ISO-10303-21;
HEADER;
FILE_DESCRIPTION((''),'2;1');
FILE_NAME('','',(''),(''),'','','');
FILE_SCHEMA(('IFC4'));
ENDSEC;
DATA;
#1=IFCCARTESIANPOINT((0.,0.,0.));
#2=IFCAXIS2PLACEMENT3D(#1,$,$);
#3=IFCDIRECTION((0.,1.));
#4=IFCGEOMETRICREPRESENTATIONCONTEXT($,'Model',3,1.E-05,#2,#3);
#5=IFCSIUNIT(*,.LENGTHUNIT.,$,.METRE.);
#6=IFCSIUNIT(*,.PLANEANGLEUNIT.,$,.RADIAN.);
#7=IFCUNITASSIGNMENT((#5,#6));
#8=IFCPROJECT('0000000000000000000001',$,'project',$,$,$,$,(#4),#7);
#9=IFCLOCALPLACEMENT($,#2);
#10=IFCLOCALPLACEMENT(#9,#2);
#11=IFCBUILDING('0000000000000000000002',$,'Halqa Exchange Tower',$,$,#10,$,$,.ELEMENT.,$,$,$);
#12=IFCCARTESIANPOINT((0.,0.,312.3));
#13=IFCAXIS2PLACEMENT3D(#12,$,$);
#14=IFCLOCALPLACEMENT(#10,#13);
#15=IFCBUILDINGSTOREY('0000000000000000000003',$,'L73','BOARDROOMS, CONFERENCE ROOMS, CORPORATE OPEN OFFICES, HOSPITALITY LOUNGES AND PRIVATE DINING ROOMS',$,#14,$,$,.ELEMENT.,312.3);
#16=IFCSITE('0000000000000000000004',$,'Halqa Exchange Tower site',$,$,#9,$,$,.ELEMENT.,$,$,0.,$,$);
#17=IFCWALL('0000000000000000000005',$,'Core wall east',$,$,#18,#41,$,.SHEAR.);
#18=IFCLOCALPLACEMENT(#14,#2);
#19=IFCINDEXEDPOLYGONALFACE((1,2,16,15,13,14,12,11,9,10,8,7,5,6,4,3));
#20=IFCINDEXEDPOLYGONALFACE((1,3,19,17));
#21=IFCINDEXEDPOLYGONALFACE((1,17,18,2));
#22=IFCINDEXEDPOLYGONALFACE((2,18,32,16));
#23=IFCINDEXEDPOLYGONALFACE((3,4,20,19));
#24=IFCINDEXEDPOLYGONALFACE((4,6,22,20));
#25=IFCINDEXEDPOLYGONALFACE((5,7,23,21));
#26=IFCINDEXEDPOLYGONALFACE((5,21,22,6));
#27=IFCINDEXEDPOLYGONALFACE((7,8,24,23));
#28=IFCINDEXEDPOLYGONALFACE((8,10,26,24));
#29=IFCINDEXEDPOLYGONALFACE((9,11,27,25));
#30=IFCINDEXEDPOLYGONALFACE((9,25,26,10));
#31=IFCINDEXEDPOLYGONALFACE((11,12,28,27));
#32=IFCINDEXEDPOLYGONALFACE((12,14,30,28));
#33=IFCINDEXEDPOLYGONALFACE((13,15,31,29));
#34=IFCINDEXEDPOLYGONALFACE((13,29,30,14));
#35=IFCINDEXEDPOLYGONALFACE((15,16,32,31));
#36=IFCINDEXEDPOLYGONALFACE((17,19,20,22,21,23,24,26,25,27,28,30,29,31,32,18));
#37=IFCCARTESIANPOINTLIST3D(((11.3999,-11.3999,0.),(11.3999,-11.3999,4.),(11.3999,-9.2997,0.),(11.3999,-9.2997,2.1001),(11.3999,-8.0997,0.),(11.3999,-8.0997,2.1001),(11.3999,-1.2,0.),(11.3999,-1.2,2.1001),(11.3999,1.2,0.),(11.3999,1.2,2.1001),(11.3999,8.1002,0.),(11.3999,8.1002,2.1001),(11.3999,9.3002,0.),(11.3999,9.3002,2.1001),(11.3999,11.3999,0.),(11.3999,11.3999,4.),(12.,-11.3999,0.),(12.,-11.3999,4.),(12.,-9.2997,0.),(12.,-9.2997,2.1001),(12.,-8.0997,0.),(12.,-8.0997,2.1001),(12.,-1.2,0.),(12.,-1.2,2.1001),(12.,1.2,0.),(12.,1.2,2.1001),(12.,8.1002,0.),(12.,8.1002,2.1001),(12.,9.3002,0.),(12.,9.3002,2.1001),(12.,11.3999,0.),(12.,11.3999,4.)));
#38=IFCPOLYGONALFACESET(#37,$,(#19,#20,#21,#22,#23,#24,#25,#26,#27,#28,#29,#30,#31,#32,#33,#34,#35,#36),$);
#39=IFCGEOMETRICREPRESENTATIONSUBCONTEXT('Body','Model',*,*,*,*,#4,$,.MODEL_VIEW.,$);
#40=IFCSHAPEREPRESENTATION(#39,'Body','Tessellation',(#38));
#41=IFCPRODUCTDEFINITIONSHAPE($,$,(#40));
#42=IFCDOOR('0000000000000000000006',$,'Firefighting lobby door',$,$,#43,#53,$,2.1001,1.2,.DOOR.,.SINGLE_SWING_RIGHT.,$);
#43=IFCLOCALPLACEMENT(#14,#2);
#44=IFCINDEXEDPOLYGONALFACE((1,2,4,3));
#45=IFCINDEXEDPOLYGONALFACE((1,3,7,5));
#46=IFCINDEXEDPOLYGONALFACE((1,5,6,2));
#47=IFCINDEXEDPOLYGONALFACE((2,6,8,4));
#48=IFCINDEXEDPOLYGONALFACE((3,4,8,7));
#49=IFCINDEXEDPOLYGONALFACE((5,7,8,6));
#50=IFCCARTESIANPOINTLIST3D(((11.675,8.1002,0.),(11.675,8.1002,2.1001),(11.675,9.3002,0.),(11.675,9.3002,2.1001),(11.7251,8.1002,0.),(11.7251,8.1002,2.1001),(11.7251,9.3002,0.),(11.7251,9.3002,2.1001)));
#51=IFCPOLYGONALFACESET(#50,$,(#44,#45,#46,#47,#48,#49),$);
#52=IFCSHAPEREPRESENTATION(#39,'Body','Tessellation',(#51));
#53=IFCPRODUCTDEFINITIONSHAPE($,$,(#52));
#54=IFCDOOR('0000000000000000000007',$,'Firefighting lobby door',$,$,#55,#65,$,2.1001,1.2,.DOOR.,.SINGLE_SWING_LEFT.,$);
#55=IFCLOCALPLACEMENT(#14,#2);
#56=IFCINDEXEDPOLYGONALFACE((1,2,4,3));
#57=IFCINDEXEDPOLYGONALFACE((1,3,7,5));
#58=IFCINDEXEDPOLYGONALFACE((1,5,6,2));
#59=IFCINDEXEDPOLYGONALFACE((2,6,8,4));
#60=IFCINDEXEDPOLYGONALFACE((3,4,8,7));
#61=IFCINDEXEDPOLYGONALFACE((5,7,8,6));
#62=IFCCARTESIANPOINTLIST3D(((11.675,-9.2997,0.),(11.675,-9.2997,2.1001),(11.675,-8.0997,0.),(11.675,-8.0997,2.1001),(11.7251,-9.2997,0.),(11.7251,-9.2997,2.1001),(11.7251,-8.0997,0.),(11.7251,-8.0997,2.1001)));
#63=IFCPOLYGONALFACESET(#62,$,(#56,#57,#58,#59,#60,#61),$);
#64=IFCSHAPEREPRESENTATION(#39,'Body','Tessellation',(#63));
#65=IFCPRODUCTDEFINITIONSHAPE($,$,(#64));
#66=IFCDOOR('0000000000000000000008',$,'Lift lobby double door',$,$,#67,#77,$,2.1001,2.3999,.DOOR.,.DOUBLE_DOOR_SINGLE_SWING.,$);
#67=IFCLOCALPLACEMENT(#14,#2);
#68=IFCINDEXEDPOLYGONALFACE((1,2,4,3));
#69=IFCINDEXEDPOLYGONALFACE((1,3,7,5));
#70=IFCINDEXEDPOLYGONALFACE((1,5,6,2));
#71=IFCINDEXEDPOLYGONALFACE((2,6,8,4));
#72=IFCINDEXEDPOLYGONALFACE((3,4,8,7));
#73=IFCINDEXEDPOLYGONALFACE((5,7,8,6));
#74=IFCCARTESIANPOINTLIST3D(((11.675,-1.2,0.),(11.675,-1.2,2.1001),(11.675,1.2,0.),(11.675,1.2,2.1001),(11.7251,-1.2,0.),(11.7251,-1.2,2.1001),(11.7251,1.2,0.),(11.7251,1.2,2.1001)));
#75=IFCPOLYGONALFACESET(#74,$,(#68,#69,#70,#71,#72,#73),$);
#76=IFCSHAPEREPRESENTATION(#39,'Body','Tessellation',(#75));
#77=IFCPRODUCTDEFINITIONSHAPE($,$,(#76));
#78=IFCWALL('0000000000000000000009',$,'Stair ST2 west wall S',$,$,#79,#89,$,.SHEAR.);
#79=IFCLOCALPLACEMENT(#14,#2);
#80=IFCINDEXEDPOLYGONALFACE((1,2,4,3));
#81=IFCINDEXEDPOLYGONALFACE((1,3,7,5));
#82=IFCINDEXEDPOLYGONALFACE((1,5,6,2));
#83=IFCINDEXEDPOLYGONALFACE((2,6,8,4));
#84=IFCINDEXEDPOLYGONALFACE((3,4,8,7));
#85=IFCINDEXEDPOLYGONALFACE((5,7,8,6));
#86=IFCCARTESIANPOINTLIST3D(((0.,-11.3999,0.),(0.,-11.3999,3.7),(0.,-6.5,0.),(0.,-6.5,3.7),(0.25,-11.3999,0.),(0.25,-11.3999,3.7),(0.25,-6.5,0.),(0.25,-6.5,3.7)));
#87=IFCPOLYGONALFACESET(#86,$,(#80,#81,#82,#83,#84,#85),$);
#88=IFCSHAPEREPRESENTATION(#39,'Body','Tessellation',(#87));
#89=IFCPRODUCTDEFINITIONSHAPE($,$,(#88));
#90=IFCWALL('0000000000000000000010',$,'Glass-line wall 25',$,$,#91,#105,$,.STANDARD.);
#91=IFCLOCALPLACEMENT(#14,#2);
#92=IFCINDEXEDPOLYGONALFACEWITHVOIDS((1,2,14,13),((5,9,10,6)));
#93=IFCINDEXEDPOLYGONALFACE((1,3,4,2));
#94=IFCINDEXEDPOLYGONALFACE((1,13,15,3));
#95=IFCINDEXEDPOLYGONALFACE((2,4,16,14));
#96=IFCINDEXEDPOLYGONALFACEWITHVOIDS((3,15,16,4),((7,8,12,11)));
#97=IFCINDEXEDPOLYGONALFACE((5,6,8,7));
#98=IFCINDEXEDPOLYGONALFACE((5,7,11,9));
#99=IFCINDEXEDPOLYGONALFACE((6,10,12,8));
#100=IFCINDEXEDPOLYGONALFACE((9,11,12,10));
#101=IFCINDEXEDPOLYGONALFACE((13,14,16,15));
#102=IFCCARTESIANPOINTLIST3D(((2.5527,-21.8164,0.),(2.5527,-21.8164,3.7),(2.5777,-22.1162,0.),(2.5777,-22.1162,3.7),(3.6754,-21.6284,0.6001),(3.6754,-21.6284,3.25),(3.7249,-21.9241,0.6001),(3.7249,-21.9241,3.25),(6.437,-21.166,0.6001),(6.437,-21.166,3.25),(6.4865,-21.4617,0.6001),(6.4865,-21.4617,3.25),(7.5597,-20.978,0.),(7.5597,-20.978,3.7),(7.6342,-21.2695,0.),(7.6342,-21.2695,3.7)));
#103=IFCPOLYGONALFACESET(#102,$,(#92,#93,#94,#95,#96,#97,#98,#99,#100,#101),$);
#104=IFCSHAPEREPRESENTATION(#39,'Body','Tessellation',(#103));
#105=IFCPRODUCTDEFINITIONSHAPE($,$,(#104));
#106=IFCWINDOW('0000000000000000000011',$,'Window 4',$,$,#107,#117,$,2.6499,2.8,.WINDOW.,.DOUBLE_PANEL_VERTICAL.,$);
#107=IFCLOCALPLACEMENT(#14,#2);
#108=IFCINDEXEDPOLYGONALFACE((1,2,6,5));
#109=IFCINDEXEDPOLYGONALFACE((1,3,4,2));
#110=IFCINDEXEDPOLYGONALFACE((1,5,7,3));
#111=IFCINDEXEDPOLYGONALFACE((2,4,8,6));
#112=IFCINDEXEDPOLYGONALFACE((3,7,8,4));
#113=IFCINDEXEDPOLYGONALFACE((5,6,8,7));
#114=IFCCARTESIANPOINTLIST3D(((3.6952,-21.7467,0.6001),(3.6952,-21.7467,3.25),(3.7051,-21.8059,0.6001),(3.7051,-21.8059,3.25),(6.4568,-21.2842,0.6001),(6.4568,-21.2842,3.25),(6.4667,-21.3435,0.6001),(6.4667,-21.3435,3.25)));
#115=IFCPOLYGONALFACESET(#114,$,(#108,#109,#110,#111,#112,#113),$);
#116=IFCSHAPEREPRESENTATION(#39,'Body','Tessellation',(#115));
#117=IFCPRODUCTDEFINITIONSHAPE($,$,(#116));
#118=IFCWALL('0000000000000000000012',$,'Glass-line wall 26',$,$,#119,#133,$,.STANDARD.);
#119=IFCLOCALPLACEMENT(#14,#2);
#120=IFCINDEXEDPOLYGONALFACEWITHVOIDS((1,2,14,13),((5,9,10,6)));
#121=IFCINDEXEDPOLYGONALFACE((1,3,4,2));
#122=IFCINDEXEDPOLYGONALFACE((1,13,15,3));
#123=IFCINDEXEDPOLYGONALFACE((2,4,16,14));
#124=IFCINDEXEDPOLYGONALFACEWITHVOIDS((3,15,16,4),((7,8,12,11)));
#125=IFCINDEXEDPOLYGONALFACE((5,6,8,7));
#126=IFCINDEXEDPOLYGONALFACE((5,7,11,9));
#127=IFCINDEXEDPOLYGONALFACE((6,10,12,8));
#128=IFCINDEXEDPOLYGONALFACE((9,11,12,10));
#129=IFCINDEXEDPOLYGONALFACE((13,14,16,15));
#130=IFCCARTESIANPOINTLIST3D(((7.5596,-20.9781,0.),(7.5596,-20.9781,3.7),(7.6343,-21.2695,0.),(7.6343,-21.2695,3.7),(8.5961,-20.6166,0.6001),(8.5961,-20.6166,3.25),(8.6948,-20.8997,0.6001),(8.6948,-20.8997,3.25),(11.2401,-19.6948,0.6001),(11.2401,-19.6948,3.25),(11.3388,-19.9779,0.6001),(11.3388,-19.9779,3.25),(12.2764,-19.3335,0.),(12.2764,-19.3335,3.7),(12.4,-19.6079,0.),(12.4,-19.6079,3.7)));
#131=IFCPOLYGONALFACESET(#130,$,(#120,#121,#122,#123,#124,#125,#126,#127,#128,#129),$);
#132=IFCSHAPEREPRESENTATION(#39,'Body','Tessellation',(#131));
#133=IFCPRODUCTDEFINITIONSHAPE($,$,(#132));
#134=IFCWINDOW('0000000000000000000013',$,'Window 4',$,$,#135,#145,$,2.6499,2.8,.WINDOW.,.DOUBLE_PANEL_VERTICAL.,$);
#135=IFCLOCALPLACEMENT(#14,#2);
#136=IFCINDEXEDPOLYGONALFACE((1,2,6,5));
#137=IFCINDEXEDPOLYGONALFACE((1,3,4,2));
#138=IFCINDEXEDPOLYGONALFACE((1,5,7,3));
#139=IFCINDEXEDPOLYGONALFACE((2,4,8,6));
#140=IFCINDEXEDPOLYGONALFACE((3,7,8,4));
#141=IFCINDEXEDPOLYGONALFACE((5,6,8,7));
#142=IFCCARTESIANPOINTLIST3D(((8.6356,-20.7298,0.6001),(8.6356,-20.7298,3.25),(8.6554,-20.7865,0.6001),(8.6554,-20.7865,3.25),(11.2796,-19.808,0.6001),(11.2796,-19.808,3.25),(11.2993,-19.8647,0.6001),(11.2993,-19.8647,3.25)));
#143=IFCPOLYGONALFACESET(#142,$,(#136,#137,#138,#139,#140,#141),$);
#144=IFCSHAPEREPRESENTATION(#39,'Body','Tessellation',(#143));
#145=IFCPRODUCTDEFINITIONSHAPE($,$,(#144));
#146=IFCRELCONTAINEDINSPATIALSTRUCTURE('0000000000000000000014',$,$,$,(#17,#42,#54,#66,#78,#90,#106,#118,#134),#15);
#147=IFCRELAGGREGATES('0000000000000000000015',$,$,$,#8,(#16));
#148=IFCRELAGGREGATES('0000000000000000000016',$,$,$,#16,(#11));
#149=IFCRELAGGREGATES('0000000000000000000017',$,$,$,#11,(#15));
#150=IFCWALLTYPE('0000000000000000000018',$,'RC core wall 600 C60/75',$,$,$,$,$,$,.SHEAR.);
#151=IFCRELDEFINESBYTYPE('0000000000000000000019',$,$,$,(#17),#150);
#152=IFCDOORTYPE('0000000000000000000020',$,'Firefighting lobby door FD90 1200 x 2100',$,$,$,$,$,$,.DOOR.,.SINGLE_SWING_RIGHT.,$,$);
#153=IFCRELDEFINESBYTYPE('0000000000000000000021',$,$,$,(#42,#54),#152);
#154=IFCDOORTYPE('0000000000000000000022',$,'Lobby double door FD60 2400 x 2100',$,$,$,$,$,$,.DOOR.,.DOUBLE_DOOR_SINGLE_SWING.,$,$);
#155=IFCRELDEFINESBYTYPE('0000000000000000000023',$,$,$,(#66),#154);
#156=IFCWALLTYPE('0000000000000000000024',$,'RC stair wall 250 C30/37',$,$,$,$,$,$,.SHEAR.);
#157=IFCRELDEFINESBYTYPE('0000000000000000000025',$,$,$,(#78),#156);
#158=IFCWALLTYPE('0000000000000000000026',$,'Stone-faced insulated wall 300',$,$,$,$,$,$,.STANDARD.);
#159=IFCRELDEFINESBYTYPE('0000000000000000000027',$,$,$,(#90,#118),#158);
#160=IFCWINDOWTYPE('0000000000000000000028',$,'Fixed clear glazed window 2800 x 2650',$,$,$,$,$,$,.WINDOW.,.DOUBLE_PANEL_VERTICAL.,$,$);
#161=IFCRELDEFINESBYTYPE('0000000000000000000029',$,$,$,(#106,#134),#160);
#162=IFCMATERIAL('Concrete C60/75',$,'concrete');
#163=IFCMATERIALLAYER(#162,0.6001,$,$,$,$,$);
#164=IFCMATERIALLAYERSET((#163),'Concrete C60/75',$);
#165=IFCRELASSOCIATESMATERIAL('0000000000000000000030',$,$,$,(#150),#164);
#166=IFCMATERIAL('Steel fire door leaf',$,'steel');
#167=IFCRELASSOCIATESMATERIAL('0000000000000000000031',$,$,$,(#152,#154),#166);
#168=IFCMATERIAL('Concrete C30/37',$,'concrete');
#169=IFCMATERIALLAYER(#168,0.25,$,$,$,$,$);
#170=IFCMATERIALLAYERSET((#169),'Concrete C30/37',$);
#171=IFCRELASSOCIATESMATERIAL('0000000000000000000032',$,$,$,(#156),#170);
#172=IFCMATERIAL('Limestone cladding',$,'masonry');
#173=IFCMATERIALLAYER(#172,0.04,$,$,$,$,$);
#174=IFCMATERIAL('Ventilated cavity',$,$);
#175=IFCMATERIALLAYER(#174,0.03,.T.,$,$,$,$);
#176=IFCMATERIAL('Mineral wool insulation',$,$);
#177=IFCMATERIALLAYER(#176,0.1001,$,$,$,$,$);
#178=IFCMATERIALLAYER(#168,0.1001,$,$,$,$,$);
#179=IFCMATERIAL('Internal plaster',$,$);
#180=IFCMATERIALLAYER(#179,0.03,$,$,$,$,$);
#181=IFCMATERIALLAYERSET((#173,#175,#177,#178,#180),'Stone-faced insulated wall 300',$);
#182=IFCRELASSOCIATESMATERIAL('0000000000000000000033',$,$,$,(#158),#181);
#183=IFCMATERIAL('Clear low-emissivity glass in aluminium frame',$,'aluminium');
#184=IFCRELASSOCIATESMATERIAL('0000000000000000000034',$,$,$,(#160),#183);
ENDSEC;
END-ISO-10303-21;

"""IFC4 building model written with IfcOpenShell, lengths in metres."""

from ifc_helpers import new_model, si_unit, direction, frame, frame_2d, origin, place, context, subcontext, project, spatial, polyline, rectangle, outline, extrude, material, layer, layer_set, type_object, element, fill, save


model = new_model("IFC4")

# Units and contexts
model_context = context("Model", 3, precision=1e-05, world=origin(), true_north=direction((0.0, 1.0)))
body_context = subcontext(model_context, "Body", "Model", "MODEL_VIEW")
ifc_project = project(units=[si_unit("LENGTHUNIT", "METRE"), si_unit("PLANEANGLEUNIT", "RADIAN")], contexts=[model_context])

# Site, building, storey
site_placement = place(None, origin())
site = spatial("IfcSite", under=ifc_project, at=site_placement, Name="Halqa Exchange Tower site", CompositionType="ELEMENT", RefElevation=0.0)
building_placement = place(site_placement, origin())
building = spatial("IfcBuilding", under=site, at=building_placement, Name="Halqa Exchange Tower", CompositionType="ELEMENT")
storey_placement = place(building_placement, frame((0.0, 0.0, 312.3)))
storey = spatial("IfcBuildingStorey", under=building, at=storey_placement, Name="L73", Description="BOARDROOMS, CONFERENCE ROOMS, CORPORATE OPEN OFFICES, HOSPITALITY LOUNGES AND PRIVATE DINING ROOMS", CompositionType="ELEMENT", Elevation=312.3)

# Shared definitions
ifc_material_1 = material(Name="Concrete C60/75", Category="concrete")

# Wall, openings, doors
ifc_layer_1 = layer(ifc_material_1, 0.6001)
ifc_layer_set_1 = layer_set([ifc_layer_1], Name="Concrete C60/75")
wall_type_1 = type_object("IfcWallType", Name="RC core wall 600 C60/75", PredefinedType="SHEAR", material=ifc_layer_set_1)
wall_1_placement = place(storey_placement, frame((11.7, -11.3999, 0.0), z_axis=(0.0, 0.0, 1.0), x_axis=(0.0, 1.0, 0.0)))
wall_1 = element("IfcWall", 1, at=wall_1_placement, inside=storey, type_object=wall_type_1, Name="Core wall east", PredefinedType="SHEAR", context=body_context, shape_type="SweptSolid", body=[
    extrude(rectangle(XDim=22.7998, YDim=0.6001, at=frame_2d((11.3999, 0.0))), origin(), (0.0, 0.0, 1.0), 4.0),
])
opening_1_placement = place(wall_1_placement, frame((10.2, 0.0, 0.0)))
opening_1 = element("IfcOpeningElement", 2, at=opening_1_placement, cuts=wall_1, PredefinedType="OPENING", context=body_context, shape_type="SweptSolid", body=[
    extrude(rectangle(XDim=2.3999, YDim=2.1001, at=frame_2d((1.2, 1.05))), frame((0.0, 0.312, 0.0), z_axis=(0.0, -1.0, 0.0), x_axis=(1.0, 0.0, 0.0)), (0.0, 0.0, 1.0), 0.624),
])
opening_2_placement = place(wall_1_placement, frame((19.5, 0.0, 0.0)))
opening_2 = element("IfcOpeningElement", 3, at=opening_2_placement, cuts=wall_1, PredefinedType="OPENING", context=body_context, shape_type="SweptSolid", body=[
    extrude(rectangle(XDim=1.2, YDim=2.1001, at=frame_2d((0.6001, 1.05))), frame((0.0, 0.312, 0.0), z_axis=(0.0, -1.0, 0.0), x_axis=(1.0, 0.0, 0.0)), (0.0, 0.0, 1.0), 0.624),
])
opening_3_placement = place(wall_1_placement, frame((2.1001, 0.0, 0.0)))
opening_3 = element("IfcOpeningElement", 4, at=opening_3_placement, cuts=wall_1, PredefinedType="OPENING", context=body_context, shape_type="SweptSolid", body=[
    extrude(rectangle(XDim=1.2, YDim=2.1001, at=frame_2d((0.6001, 1.05))), frame((0.0, 0.312, 0.0), z_axis=(0.0, -1.0, 0.0), x_axis=(1.0, 0.0, 0.0)), (0.0, 0.0, 1.0), 0.624),
])
ifc_material_2 = material(Name="Steel fire door leaf", Category="steel")
door_type_1 = type_object("IfcDoorType", Name="Firefighting lobby door FD90 1200 x 2100", OperationType="SINGLE_SWING_RIGHT", PredefinedType="DOOR", material=ifc_material_2)
door_1_placement = place(opening_2_placement, origin())
door_1 = element("IfcDoor", 5, at=door_1_placement, inside=storey, type_object=door_type_1, Name="Firefighting lobby door", OperationType="SINGLE_SWING_RIGHT", OverallHeight=2.1001, OverallWidth=1.2, PredefinedType="DOOR", context=body_context, shape_type="SweptSolid", body=[
    extrude(rectangle(XDim=1.2, YDim=2.1001, at=frame_2d((0.6001, 1.05))), frame((0.0, 0.0249, 0.0), z_axis=(0.0, -1.0, 0.0), x_axis=(1.0, 0.0, 0.0)), (0.0, 0.0, 1.0), 0.05),
])
fill(opening_2, door_1)
door_2_placement = place(opening_3_placement, origin())
door_2 = element("IfcDoor", 6, at=door_2_placement, inside=storey, type_object=door_type_1, Name="Firefighting lobby door", OperationType="SINGLE_SWING_LEFT", OverallHeight=2.1001, OverallWidth=1.2, PredefinedType="DOOR", context=body_context, shape_type="SweptSolid", body=[
    extrude(rectangle(XDim=1.2, YDim=2.1001, at=frame_2d((0.6001, 1.05))), frame((0.0, 0.0249, 0.0), z_axis=(0.0, -1.0, 0.0), x_axis=(1.0, 0.0, 0.0)), (0.0, 0.0, 1.0), 0.05),
])
fill(opening_3, door_2)
door_type_2 = type_object("IfcDoorType", Name="Lobby double door FD60 2400 x 2100", OperationType="DOUBLE_DOOR_SINGLE_SWING", PredefinedType="DOOR", material=ifc_material_2)
door_3_placement = place(opening_1_placement, origin())
door_3 = element("IfcDoor", 7, at=door_3_placement, inside=storey, type_object=door_type_2, Name="Lift lobby double door", OperationType="DOUBLE_DOOR_SINGLE_SWING", OverallHeight=2.1001, OverallWidth=2.3999, PredefinedType="DOOR", context=body_context, shape_type="SweptSolid", body=[
    extrude(rectangle(XDim=2.3999, YDim=2.1001, at=frame_2d((1.2, 1.05))), frame((0.0, 0.0249, 0.0), z_axis=(0.0, -1.0, 0.0), x_axis=(1.0, 0.0, 0.0)), (0.0, 0.0, 1.0), 0.05),
])
fill(opening_1, door_3)

# Wall
ifc_material_3 = material(Name="Concrete C30/37", Category="concrete")
ifc_layer_2 = layer(ifc_material_3, 0.25)
ifc_layer_set_2 = layer_set([ifc_layer_2], Name="Concrete C30/37")
wall_type_2 = type_object("IfcWallType", Name="RC stair wall 250 C30/37", PredefinedType="SHEAR", material=ifc_layer_set_2)
wall_2_placement = place(storey_placement, frame((0.125, -11.3999, 0.0), z_axis=(0.0, 0.0, 1.0), x_axis=(0.0, 1.0, 0.0)))
element("IfcWall", 8, at=wall_2_placement, inside=storey, type_object=wall_type_2, Name="Stair ST2 west wall S", PredefinedType="SHEAR", context=body_context, shape_type="SweptSolid", body=[
    extrude(rectangle(XDim=4.8999, YDim=0.25, at=frame_2d((2.45, 0.0))), origin(), (0.0, 0.0, 1.0), 3.7),
])

# Walls, openings, windows
ifc_material_4 = material(Name="Limestone cladding", Category="masonry")
ifc_layer_3 = layer(ifc_material_4, 0.04)
ifc_material_5 = material(Name="Ventilated cavity")
ifc_layer_4 = layer(ifc_material_5, 0.03, ventilated=True)
ifc_material_6 = material(Name="Mineral wool insulation")
ifc_layer_5 = layer(ifc_material_6, 0.1001)
ifc_layer_6 = layer(ifc_material_3, 0.1001)
ifc_material_7 = material(Name="Internal plaster")
ifc_layer_7 = layer(ifc_material_7, 0.03)
ifc_layer_set_3 = layer_set([ifc_layer_3, ifc_layer_4, ifc_layer_5, ifc_layer_6, ifc_layer_7], Name="Stone-faced insulated wall 300")
wall_type_3 = type_object("IfcWallType", Name="Stone-faced insulated wall 300", PredefinedType="STANDARD", material=ifc_layer_set_3)
wall_3_placement = place(storey_placement, frame((2.5652, -21.9663, 0.0), z_axis=(0.0, 0.0, 1.0), x_axis=(0.986269, 0.165144, 0.0)))
wall_3 = element("IfcWall", 9, at=wall_3_placement, inside=storey, type_object=wall_type_3, Name="Glass-line wall 25", PredefinedType="STANDARD", context=body_context, shape_type="SweptSolid", body=[
    extrude(outline(polyline([(-0.0125, -0.1499), (5.1145, -0.1499), (5.0891, 0.1499), (0.0125, 0.1499), (-0.0125, -0.1499)])), origin(), (0.0, 0.0, 1.0), 3.7),
])
opening_4_placement = place(wall_3_placement, frame((1.1509, 0.0, 0.6001)))
opening_4 = element("IfcOpeningElement", 10, at=opening_4_placement, cuts=wall_3, PredefinedType="OPENING", context=body_context, shape_type="SweptSolid", body=[
    extrude(rectangle(XDim=2.8, YDim=2.6499, at=frame_2d((1.3999, 1.325))), frame((0.0, 0.1621, 0.0), z_axis=(0.0, -1.0, 0.0), x_axis=(1.0, 0.0, 0.0)), (0.0, 0.0, 1.0), 0.324),
])
ifc_material_8 = material(Name="Clear low-emissivity glass in aluminium frame", Category="aluminium")
window_type = type_object("IfcWindowType", Name="Fixed clear glazed window 2800 x 2650", PartitioningType="DOUBLE_PANEL_VERTICAL", PredefinedType="WINDOW", material=ifc_material_8)
window_1_placement = place(opening_4_placement, origin())
window_1 = element("IfcWindow", 11, at=window_1_placement, inside=storey, type_object=window_type, Name="Window 4", OverallHeight=2.6499, OverallWidth=2.8, PartitioningType="DOUBLE_PANEL_VERTICAL", PredefinedType="WINDOW", context=body_context, shape_type="SweptSolid", body=[
    extrude(rectangle(XDim=2.8, YDim=2.6499, at=frame_2d((1.3999, 1.325))), frame((0.0, 0.03, 0.0), z_axis=(0.0, -1.0, 0.0), x_axis=(1.0, 0.0, 0.0)), (0.0, 0.0, 1.0), 0.0601),
])
fill(opening_4, window_1)
wall_4_placement = place(storey_placement, frame((7.5969, -21.1238, 0.0), z_axis=(0.0, 0.0, 1.0), x_axis=(0.944252, 0.329224, 0.0)))
wall_4 = element("IfcWall", 12, at=wall_4_placement, inside=storey, type_object=wall_type_3, Name="Glass-line wall 26", PredefinedType="STANDARD", context=body_context, shape_type="SweptSolid", body=[
    extrude(outline(polyline([(-0.0127, -0.1499), (5.0344, -0.1499), (5.0081, 0.1499), (0.0127, 0.1499), (-0.0127, -0.1499)])), origin(), (0.0, 0.0, 1.0), 3.7),
])
opening_5_placement = place(wall_4_placement, frame((1.1106, 0.0, 0.6001)))
opening_5 = element("IfcOpeningElement", 13, at=opening_5_placement, cuts=wall_4, PredefinedType="OPENING", context=body_context, shape_type="SweptSolid", body=[
    extrude(rectangle(XDim=2.8, YDim=2.6499, at=frame_2d((1.3999, 1.325))), frame((0.0, 0.1621, 0.0), z_axis=(0.0, -1.0, 0.0), x_axis=(1.0, 0.0, 0.0)), (0.0, 0.0, 1.0), 0.324),
])
window_2_placement = place(opening_5_placement, origin())
window_2 = element("IfcWindow", 14, at=window_2_placement, inside=storey, type_object=window_type, Name="Window 4", OverallHeight=2.6499, OverallWidth=2.8, PartitioningType="DOUBLE_PANEL_VERTICAL", PredefinedType="WINDOW", context=body_context, shape_type="SweptSolid", body=[
    extrude(rectangle(XDim=2.8, YDim=2.6499, at=frame_2d((1.3999, 1.325))), frame((0.0, 0.03, 0.0), z_axis=(0.0, -1.0, 0.0), x_axis=(1.0, 0.0, 0.0)), (0.0, 0.0, 1.0), 0.0601),
])
fill(opening_5, window_2)

save(model, "model.ifc")
